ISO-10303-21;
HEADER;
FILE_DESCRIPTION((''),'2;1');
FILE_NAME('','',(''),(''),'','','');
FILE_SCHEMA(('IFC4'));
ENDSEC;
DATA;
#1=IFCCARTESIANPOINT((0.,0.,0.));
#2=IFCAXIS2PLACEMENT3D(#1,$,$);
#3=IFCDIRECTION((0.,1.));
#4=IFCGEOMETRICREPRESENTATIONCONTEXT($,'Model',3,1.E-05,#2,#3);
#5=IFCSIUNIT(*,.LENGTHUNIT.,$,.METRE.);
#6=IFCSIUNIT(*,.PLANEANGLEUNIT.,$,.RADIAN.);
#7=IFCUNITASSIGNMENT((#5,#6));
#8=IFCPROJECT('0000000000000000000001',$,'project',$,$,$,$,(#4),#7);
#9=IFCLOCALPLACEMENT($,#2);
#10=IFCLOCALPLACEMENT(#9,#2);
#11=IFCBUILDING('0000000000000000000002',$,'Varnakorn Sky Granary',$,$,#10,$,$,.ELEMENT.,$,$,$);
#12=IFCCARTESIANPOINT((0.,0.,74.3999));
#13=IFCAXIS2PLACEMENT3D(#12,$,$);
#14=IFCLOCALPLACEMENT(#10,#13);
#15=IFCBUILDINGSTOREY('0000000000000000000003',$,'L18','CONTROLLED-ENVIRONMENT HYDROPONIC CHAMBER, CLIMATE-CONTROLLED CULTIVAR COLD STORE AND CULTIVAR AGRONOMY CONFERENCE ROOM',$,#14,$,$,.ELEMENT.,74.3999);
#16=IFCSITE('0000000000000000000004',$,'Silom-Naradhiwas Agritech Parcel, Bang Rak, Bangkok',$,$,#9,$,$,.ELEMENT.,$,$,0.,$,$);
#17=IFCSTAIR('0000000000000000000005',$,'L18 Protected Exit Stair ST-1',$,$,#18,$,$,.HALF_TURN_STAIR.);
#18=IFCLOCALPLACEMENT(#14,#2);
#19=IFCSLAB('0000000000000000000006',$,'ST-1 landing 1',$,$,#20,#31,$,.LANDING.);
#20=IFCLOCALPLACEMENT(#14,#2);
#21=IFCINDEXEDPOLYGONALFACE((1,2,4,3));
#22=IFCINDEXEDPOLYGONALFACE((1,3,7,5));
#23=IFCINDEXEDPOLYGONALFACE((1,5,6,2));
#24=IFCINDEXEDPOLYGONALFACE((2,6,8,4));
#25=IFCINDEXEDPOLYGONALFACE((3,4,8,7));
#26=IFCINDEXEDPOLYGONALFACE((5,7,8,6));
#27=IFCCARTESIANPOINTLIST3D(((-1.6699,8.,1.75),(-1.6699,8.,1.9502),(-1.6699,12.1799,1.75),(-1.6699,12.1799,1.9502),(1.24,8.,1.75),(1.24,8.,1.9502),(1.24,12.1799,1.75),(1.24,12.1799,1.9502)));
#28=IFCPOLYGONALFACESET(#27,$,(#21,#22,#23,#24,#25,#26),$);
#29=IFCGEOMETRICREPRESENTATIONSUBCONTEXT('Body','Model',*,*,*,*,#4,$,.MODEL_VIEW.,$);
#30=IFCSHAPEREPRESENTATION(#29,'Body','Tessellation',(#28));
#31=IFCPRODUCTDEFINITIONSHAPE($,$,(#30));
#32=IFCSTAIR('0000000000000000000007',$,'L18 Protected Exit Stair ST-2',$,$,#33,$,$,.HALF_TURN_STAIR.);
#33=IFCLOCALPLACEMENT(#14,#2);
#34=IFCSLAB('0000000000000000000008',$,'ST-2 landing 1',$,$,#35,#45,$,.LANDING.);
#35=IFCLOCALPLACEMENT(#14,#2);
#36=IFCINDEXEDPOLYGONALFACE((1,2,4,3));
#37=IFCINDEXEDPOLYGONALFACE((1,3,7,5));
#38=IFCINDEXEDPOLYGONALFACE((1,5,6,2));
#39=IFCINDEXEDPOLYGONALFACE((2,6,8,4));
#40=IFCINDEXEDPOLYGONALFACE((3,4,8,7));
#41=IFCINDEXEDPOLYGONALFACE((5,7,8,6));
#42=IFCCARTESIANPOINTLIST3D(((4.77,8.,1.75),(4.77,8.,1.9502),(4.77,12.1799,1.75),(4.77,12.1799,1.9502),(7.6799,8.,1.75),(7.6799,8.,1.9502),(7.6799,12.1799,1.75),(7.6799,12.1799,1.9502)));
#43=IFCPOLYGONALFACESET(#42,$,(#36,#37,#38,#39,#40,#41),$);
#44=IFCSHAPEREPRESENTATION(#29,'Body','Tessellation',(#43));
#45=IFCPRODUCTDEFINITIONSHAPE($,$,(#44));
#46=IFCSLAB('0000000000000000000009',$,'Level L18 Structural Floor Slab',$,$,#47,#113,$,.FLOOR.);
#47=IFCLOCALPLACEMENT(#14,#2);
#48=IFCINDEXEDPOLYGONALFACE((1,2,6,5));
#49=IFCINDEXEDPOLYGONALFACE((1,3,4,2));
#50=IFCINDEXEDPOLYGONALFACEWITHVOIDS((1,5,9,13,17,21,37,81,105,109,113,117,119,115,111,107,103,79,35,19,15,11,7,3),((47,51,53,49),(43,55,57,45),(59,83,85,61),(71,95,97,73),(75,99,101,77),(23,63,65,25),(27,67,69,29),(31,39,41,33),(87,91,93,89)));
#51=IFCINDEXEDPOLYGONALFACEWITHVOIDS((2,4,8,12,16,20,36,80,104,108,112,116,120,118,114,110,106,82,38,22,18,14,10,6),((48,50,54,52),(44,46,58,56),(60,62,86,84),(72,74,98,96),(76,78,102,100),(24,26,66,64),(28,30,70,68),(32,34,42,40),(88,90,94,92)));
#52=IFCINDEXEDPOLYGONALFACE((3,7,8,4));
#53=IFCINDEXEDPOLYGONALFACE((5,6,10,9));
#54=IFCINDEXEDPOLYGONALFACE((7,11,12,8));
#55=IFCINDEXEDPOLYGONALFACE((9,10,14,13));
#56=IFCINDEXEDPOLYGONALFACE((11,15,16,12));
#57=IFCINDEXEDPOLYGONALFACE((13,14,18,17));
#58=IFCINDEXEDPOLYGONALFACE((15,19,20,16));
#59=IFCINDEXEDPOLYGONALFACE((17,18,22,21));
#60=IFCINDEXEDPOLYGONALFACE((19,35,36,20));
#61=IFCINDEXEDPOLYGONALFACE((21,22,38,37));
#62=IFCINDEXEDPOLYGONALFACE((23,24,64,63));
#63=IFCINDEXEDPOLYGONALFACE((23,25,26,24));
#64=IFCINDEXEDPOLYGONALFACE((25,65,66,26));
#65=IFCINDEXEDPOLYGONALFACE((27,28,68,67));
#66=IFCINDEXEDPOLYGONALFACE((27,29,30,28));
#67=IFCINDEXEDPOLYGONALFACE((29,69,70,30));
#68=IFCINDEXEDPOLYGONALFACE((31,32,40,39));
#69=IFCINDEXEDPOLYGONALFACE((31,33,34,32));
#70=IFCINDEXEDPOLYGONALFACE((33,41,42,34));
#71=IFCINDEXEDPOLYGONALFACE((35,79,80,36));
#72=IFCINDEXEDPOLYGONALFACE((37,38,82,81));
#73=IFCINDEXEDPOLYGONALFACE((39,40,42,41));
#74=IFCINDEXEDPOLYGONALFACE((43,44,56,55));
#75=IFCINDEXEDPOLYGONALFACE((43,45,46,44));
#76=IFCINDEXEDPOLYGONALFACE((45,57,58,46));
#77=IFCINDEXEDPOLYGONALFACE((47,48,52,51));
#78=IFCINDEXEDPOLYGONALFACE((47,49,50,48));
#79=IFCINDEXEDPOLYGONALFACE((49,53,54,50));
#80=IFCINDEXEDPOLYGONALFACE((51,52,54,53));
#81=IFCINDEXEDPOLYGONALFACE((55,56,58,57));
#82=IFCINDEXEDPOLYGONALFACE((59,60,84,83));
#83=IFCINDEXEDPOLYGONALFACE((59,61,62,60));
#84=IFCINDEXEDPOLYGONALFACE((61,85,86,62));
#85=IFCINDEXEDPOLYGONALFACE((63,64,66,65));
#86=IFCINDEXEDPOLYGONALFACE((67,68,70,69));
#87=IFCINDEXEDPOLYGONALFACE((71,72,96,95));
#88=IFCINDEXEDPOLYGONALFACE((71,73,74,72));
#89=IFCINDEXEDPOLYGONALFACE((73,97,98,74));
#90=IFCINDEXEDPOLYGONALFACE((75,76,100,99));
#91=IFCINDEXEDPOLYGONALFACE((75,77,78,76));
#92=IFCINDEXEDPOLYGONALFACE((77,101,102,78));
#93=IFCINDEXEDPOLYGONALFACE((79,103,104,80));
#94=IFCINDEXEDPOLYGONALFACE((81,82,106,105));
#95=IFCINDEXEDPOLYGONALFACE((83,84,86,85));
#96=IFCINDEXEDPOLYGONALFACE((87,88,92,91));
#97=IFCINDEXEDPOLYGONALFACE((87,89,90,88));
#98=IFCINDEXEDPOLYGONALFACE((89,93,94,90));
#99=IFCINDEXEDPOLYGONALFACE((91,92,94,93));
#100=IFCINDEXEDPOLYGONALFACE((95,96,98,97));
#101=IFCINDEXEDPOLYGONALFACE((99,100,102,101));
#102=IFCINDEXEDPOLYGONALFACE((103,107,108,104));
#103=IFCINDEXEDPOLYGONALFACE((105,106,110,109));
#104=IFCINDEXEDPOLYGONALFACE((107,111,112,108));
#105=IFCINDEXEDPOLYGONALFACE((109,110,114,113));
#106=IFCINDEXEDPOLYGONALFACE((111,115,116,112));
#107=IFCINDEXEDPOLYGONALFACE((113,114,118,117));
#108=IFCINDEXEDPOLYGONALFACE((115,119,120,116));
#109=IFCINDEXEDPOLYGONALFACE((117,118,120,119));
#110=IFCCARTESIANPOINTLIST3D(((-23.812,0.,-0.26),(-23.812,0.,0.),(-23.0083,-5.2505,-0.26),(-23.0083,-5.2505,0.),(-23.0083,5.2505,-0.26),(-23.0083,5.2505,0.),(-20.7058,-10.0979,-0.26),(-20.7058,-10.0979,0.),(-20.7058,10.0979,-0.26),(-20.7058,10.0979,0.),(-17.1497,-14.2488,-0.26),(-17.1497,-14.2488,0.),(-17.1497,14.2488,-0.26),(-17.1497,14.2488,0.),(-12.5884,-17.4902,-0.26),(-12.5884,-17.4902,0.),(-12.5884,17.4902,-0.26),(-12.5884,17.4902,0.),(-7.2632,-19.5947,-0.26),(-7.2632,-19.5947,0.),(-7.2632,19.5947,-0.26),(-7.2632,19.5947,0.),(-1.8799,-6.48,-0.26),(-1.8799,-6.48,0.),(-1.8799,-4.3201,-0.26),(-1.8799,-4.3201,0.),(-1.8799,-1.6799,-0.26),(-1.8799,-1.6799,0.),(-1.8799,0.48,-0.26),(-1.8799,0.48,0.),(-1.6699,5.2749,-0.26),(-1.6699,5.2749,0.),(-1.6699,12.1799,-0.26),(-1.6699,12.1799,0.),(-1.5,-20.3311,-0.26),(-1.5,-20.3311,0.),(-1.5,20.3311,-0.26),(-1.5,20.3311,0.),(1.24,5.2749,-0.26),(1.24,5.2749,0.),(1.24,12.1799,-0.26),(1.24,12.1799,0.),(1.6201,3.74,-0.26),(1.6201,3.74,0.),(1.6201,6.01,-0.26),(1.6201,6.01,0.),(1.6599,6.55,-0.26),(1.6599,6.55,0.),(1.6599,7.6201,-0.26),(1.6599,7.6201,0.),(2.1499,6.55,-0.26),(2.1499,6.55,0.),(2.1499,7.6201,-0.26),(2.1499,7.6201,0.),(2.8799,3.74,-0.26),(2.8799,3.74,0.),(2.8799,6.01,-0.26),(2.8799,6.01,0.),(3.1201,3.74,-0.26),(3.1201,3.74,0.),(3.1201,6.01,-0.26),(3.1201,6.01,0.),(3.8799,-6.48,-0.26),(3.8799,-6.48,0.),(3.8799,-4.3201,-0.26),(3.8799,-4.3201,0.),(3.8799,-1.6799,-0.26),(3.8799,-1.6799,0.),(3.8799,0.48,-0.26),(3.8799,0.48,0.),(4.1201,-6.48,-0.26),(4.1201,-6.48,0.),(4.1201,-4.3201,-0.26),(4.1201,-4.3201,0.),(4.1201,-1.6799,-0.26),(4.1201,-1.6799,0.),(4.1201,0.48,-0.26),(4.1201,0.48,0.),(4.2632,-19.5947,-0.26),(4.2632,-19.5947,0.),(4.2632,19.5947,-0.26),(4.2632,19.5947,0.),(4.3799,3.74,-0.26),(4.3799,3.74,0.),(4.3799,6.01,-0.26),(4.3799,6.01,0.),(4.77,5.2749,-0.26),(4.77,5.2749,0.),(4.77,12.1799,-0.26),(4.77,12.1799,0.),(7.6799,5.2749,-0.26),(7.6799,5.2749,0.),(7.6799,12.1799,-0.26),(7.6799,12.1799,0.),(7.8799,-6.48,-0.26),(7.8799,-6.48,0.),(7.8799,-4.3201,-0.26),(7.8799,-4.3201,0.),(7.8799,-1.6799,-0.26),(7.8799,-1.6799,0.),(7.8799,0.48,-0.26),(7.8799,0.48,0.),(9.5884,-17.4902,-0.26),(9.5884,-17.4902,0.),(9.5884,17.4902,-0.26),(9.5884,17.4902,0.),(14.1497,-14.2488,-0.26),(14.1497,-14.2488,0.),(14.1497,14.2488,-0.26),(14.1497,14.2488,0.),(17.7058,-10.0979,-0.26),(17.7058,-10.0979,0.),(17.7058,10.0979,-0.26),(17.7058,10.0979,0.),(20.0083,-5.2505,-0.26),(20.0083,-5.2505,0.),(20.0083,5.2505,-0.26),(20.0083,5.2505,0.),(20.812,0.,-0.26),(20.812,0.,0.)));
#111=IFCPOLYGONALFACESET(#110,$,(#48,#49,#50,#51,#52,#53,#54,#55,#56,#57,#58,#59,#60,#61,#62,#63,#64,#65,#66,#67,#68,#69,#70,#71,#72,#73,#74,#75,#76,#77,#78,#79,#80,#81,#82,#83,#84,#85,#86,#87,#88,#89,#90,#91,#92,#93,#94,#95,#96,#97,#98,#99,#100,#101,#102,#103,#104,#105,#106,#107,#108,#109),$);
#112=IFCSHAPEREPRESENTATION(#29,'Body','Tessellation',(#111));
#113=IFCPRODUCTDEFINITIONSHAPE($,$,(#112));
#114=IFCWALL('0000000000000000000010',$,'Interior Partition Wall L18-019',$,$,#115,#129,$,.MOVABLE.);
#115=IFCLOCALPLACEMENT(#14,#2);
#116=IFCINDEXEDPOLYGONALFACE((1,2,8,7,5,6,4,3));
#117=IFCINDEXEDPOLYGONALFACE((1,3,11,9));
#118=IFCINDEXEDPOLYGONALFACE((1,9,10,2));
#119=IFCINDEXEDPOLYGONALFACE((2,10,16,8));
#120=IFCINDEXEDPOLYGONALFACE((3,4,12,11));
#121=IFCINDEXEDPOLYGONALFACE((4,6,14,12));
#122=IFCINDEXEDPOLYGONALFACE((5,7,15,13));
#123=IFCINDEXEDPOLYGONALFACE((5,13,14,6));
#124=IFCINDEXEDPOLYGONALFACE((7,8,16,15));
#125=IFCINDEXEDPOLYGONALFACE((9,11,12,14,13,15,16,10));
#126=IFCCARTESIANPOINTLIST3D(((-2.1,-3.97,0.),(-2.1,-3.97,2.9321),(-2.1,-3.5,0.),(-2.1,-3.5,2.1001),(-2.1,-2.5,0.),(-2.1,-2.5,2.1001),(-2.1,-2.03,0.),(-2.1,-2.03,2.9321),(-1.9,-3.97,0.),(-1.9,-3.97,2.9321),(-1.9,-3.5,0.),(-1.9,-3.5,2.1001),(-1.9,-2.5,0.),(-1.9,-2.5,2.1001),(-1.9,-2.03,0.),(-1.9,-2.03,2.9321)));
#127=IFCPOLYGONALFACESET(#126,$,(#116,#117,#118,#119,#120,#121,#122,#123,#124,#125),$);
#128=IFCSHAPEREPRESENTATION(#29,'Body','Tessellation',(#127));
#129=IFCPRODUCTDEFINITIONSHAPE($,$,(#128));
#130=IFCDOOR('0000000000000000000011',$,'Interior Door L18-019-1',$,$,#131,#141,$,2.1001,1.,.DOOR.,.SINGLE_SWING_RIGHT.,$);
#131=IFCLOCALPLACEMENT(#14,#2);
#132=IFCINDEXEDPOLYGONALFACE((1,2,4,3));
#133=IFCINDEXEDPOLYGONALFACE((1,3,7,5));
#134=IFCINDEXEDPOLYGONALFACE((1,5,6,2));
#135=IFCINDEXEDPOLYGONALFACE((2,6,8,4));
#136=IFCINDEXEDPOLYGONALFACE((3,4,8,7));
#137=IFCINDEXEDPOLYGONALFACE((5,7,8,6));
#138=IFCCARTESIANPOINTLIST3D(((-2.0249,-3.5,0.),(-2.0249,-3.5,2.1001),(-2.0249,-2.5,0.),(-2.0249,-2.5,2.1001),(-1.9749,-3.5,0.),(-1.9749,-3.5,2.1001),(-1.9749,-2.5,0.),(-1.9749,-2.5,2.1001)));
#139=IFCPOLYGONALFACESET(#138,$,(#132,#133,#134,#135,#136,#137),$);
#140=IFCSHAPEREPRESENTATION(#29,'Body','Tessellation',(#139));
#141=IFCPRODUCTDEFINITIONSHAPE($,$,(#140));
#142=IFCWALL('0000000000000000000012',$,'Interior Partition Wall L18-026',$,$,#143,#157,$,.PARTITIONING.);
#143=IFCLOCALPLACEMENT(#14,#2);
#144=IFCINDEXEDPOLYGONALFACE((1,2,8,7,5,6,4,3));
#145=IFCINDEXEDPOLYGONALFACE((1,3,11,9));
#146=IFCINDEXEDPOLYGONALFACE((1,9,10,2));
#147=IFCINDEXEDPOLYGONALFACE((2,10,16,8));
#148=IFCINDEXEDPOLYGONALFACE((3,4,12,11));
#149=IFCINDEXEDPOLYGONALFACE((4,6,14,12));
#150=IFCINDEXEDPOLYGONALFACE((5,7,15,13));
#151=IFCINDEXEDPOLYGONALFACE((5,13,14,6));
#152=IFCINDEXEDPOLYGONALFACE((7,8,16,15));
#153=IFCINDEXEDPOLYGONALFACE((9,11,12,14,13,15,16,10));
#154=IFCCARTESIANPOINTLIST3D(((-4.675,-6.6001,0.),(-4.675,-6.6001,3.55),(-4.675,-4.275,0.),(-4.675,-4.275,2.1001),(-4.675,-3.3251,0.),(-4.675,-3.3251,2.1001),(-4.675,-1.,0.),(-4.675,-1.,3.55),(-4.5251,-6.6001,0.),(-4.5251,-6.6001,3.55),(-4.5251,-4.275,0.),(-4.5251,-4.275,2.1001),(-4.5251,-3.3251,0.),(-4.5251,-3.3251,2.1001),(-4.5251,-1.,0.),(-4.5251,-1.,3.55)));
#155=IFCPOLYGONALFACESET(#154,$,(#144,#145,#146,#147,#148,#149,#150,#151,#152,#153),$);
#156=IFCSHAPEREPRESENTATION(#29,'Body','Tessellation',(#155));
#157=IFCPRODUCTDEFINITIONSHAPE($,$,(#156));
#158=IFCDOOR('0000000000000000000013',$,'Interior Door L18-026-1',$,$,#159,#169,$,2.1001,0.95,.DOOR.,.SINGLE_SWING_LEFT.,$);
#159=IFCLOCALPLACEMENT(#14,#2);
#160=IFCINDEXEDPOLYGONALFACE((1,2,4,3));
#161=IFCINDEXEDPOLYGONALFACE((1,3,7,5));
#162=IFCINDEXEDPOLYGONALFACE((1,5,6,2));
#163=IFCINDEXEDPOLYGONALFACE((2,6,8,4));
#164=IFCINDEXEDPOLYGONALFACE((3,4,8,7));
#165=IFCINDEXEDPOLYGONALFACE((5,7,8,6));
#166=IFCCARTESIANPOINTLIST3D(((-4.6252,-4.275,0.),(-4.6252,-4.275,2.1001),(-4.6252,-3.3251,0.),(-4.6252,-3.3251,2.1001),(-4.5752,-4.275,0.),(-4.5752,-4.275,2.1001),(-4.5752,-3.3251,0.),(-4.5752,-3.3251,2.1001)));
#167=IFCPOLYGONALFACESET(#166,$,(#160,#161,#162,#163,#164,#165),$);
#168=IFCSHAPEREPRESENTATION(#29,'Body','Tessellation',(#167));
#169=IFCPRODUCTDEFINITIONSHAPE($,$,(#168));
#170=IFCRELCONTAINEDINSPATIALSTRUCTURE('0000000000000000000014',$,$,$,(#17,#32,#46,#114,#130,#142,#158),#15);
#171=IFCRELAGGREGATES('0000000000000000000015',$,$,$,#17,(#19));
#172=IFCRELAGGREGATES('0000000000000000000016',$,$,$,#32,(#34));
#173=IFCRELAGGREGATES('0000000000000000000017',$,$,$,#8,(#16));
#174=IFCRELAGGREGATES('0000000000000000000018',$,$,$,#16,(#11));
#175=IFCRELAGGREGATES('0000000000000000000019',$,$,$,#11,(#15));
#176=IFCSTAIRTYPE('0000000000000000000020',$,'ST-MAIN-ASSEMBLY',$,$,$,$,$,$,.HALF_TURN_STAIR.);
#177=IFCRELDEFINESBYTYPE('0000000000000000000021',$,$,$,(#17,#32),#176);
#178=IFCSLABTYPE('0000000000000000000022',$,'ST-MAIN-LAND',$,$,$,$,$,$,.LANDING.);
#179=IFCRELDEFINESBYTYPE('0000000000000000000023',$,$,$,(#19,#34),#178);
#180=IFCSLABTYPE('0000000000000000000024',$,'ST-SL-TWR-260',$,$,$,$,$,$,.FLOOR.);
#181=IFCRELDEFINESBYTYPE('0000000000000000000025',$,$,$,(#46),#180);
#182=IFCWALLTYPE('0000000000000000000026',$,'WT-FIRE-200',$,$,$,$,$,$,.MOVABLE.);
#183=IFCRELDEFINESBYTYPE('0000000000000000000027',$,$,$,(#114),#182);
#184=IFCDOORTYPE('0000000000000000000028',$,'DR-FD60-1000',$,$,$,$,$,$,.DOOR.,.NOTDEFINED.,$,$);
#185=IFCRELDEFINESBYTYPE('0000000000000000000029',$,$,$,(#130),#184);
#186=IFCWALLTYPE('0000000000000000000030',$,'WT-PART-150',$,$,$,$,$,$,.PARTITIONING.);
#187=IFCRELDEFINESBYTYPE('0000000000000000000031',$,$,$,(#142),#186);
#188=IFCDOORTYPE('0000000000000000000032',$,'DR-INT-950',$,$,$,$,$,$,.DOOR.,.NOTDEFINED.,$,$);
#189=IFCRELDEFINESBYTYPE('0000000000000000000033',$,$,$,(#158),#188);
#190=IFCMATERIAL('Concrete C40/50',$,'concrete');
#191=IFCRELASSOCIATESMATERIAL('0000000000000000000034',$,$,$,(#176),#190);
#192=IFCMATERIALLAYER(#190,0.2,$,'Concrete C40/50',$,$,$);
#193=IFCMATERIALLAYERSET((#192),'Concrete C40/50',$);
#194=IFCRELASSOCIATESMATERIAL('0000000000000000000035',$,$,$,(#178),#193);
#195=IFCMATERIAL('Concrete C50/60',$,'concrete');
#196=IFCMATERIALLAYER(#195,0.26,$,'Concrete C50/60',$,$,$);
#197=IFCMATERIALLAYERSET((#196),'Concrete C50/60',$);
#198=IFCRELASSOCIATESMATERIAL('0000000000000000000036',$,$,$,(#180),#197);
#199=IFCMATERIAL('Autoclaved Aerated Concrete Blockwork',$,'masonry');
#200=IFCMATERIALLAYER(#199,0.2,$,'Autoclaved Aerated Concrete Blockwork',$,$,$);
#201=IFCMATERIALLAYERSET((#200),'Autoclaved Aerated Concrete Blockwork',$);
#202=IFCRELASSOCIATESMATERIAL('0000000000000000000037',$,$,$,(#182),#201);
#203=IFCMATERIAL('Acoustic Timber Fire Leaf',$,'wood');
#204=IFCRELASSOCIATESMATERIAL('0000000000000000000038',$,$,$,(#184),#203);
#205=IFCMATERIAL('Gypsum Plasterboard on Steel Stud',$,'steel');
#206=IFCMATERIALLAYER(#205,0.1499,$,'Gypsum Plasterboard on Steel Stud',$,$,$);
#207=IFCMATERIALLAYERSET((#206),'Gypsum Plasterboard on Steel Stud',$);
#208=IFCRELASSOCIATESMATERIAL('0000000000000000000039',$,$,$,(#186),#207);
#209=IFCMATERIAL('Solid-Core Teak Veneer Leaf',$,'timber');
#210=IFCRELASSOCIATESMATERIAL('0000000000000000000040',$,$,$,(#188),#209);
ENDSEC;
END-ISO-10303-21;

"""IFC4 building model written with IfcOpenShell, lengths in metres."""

from ifc_helpers import new_model, si_unit, direction, frame, frame_2d, origin, place, context, subcontext, project, spatial, polyline, rectangle, outline, extrude, material, layer, layer_set, type_object, element, fill, aggregate, save


model = new_model("IFC4")

# Units and contexts
model_context = context("Model", 3, precision=1e-05, world=origin(), true_north=direction((0.0, 1.0)))
body_context = subcontext(model_context, "Body", "Model", "MODEL_VIEW")
ifc_project = project(units=[si_unit("LENGTHUNIT", "METRE"), si_unit("PLANEANGLEUNIT", "RADIAN")], contexts=[model_context])

# Site, building, storey
site_placement = place(None, origin())
site = spatial("IfcSite", under=ifc_project, at=site_placement, Name="Silom-Naradhiwas Agritech Parcel, Bang Rak, Bangkok", CompositionType="ELEMENT", RefElevation=0.0)
building_placement = place(site_placement, origin())
building = spatial("IfcBuilding", under=site, at=building_placement, Name="Varnakorn Sky Granary", CompositionType="ELEMENT")
storey_placement = place(building_placement, frame((0.0, 0.0, 74.3999)))
storey = spatial("IfcBuildingStorey", under=building, at=storey_placement, Name="L18", Description="CONTROLLED-ENVIRONMENT HYDROPONIC CHAMBER, CLIMATE-CONTROLLED CULTIVAR COLD STORE AND CULTIVAR AGRONOMY CONFERENCE ROOM", CompositionType="ELEMENT", Elevation=74.3999)

# Stairs, slabs
ifc_material_1 = material(Name="Concrete C40/50", Category="concrete")
stair_type = type_object("IfcStairType", Name="ST-MAIN-ASSEMBLY", PredefinedType="HALF_TURN_STAIR", material=ifc_material_1)
stair_1_placement = place(storey_placement, origin())
stair_1 = element("IfcStair", 1, at=stair_1_placement, inside=storey, type_object=stair_type, Name="L18 Protected Exit Stair ST-1", PredefinedType="HALF_TURN_STAIR")
ifc_layer_1 = layer(ifc_material_1, 0.2, Name="Concrete C40/50")
ifc_layer_set_1 = layer_set([ifc_layer_1], Name="Concrete C40/50")
slab_type_1 = type_object("IfcSlabType", Name="ST-MAIN-LAND", PredefinedType="LANDING", material=ifc_layer_set_1)
slab_1_placement = place(storey_placement, frame((0.0, 0.0, 1.75)))
slab_1 = element("IfcSlab", 2, at=slab_1_placement, type_object=slab_type_1, Name="ST-1 landing 1", PredefinedType="LANDING", context=body_context, shape_type="SweptSolid", body=[
    extrude(outline(polyline([(1.24, 8.0), (1.24, 12.1799), (-1.6699, 12.1799), (-1.6699, 8.0), (1.24, 8.0)])), origin(), (0.0, 0.0, 1.0), 0.2002),
])
aggregate(stair_1, [slab_1])
stair_2_placement = place(storey_placement, origin())
stair_2 = element("IfcStair", 3, at=stair_2_placement, inside=storey, type_object=stair_type, Name="L18 Protected Exit Stair ST-2", PredefinedType="HALF_TURN_STAIR")
slab_2_placement = place(storey_placement, frame((0.0, 0.0, 1.75)))
slab_2 = element("IfcSlab", 4, at=slab_2_placement, type_object=slab_type_1, Name="ST-2 landing 1", PredefinedType="LANDING", context=body_context, shape_type="SweptSolid", body=[
    extrude(outline(polyline([(7.6799, 8.0), (7.6799, 12.1799), (4.77, 12.1799), (4.77, 8.0), (7.6799, 8.0)])), origin(), (0.0, 0.0, 1.0), 0.2002),
])
aggregate(stair_2, [slab_2])

# Slab
ifc_material_2 = material(Name="Concrete C50/60", Category="concrete")
ifc_layer_2 = layer(ifc_material_2, 0.26, Name="Concrete C50/60")
ifc_layer_set_2 = layer_set([ifc_layer_2], Name="Concrete C50/60")
slab_type_2 = type_object("IfcSlabType", Name="ST-SL-TWR-260", PredefinedType="FLOOR", material=ifc_layer_set_2)
slab_3_placement = place(storey_placement, frame((0.0, 0.0, -0.26)))
element("IfcSlab", 5, at=slab_3_placement, inside=storey, type_object=slab_type_2, Name="Level L18 Structural Floor Slab", PredefinedType="FLOOR", context=body_context, shape_type="SweptSolid", body=[
    extrude(outline(polyline([(20.812, 0.0), (20.0083, 5.2505), (17.7058, 10.0979), (14.1497, 14.2488), (9.5884, 17.4902), (4.2632, 19.5947), (-1.5, 20.3311), (-7.2632, 19.5947), (-12.5884, 17.4902), (-17.1497, 14.2488), (-20.7058, 10.0979), (-23.0083, 5.2505), (-23.812, 0.0), (-23.0083, -5.2505), (-20.7058, -10.0979), (-17.1497, -14.2488), (-12.5884, -17.4902), (-7.2632, -19.5947), (-1.5, -20.3311), (4.2632, -19.5947), (9.5884, -17.4902), (14.1497, -14.2488), (17.7058, -10.0979), (20.0083, -5.2505), (20.812, 0.0)]), holes=[polyline([(1.24, 5.2749), (1.24, 12.1799), (-1.6699, 12.1799), (-1.6699, 5.2749), (1.24, 5.2749)]), polyline([(7.6799, 5.2749), (7.6799, 12.1799), (4.77, 12.1799), (4.77, 5.2749), (7.6799, 5.2749)]), polyline([(1.6599, 6.55), (2.1499, 6.55), (2.1499, 7.6201), (1.6599, 7.6201), (1.6599, 6.55)]), polyline([(1.6201, 3.74), (2.8799, 3.74), (2.8799, 6.01), (1.6201, 6.01), (1.6201, 3.74)]), polyline([(3.1201, 3.74), (4.3799, 3.74), (4.3799, 6.01), (3.1201, 6.01), (3.1201, 3.74)]), polyline([(-1.8799, -1.6799), (3.8799, -1.6799), (3.8799, 0.48), (-1.8799, 0.48), (-1.8799, -1.6799)]), polyline([(4.1201, -1.6799), (7.8799, -1.6799), (7.8799, 0.48), (4.1201, 0.48), (4.1201, -1.6799)]), polyline([(-1.8799, -6.48), (3.8799, -6.48), (3.8799, -4.3201), (-1.8799, -4.3201), (-1.8799, -6.48)]), polyline([(4.1201, -6.48), (7.8799, -6.48), (7.8799, -4.3201), (4.1201, -4.3201), (4.1201, -6.48)])]), origin(), (0.0, 0.0, 1.0), 0.26),
])

# Walls, openings, doors
ifc_material_3 = material(Name="Autoclaved Aerated Concrete Blockwork", Category="masonry")
ifc_layer_3 = layer(ifc_material_3, 0.2, Name="Autoclaved Aerated Concrete Blockwork")
ifc_layer_set_3 = layer_set([ifc_layer_3], Name="Autoclaved Aerated Concrete Blockwork")
wall_type_1 = type_object("IfcWallType", Name="WT-FIRE-200", PredefinedType="MOVABLE", material=ifc_layer_set_3)
wall_1_placement = place(storey_placement, frame((-2.0, -3.97, 0.0), z_axis=(0.0, 0.0, 1.0), x_axis=(0.0, 1.0, 0.0)))
wall_1 = element("IfcWall", 6, at=wall_1_placement, inside=storey, type_object=wall_type_1, Name="Interior Partition Wall L18-019", PredefinedType="MOVABLE", context=body_context, shape_type="SweptSolid", body=[
    extrude(rectangle(XDim=1.9399, YDim=0.2, at=frame_2d((0.97, 0.0))), origin(), (0.0, 0.0, 1.0), 2.9321),
])
opening_1_placement = place(wall_1_placement, frame((0.47, 0.0, 0.0)))
opening_1 = element("IfcOpeningElement", 7, at=opening_1_placement, cuts=wall_1, PredefinedType="OPENING", context=body_context, shape_type="SweptSolid", body=[
    extrude(rectangle(XDim=1.0, YDim=2.1001, at=frame_2d((0.5, 1.05))), frame((0.0, 0.1099, 0.0), z_axis=(0.0, -1.0, 0.0), x_axis=(1.0, 0.0, 0.0)), (0.0, 0.0, 1.0), 0.22),
])
ifc_material_4 = material(Name="Acoustic Timber Fire Leaf", Category="wood")
door_type_1 = type_object("IfcDoorType", Name="DR-FD60-1000", OperationType="NOTDEFINED", PredefinedType="DOOR", material=ifc_material_4)
door_1_placement = place(opening_1_placement, origin())
door_1 = element("IfcDoor", 8, at=door_1_placement, inside=storey, type_object=door_type_1, Name="Interior Door L18-019-1", OperationType="SINGLE_SWING_RIGHT", OverallHeight=2.1001, OverallWidth=1.0, PredefinedType="DOOR", context=body_context, shape_type="SweptSolid", body=[
    extrude(rectangle(XDim=1.0, YDim=2.1001, at=frame_2d((0.5, 1.05))), frame((0.0, 0.0249, 0.0), z_axis=(0.0, -1.0, 0.0), x_axis=(1.0, 0.0, 0.0)), (0.0, 0.0, 1.0), 0.05),
])
fill(opening_1, door_1)
ifc_material_5 = material(Name="Gypsum Plasterboard on Steel Stud", Category="steel")
ifc_layer_4 = layer(ifc_material_5, 0.1499, Name="Gypsum Plasterboard on Steel Stud")
ifc_layer_set_4 = layer_set([ifc_layer_4], Name="Gypsum Plasterboard on Steel Stud")
wall_type_2 = type_object("IfcWallType", Name="WT-PART-150", PredefinedType="PARTITIONING", material=ifc_layer_set_4)
wall_2_placement = place(storey_placement, frame((-4.6001, -1.0, 0.0), z_axis=(0.0, 0.0, 1.0), x_axis=(0.0, -1.0, 0.0)))
wall_2 = element("IfcWall", 9, at=wall_2_placement, inside=storey, type_object=wall_type_2, Name="Interior Partition Wall L18-026", PredefinedType="PARTITIONING", context=body_context, shape_type="SweptSolid", body=[
    extrude(rectangle(XDim=5.6001, YDim=0.1499, at=frame_2d((2.8, 0.0))), origin(), (0.0, 0.0, 1.0), 3.55),
])
opening_2_placement = place(wall_2_placement, frame((2.325, 0.0, 0.0)))
opening_2 = element("IfcOpeningElement", 10, at=opening_2_placement, cuts=wall_2, PredefinedType="OPENING", context=body_context, shape_type="SweptSolid", body=[
    extrude(rectangle(XDim=0.95, YDim=2.1001, at=frame_2d((0.4751, 1.05))), frame((0.0, 0.085, 0.0), z_axis=(0.0, -1.0, 0.0), x_axis=(1.0, 0.0, 0.0)), (0.0, 0.0, 1.0), 0.1699),
])
ifc_material_6 = material(Name="Solid-Core Teak Veneer Leaf", Category="timber")
door_type_2 = type_object("IfcDoorType", Name="DR-INT-950", OperationType="NOTDEFINED", PredefinedType="DOOR", material=ifc_material_6)
door_2_placement = place(opening_2_placement, origin())
door_2 = element("IfcDoor", 11, at=door_2_placement, inside=storey, type_object=door_type_2, Name="Interior Door L18-026-1", OperationType="SINGLE_SWING_LEFT", OverallHeight=2.1001, OverallWidth=0.95, PredefinedType="DOOR", context=body_context, shape_type="SweptSolid", body=[
    extrude(rectangle(XDim=0.95, YDim=2.1001, at=frame_2d((0.4751, 1.05))), frame((0.0, 0.0249, 0.0), z_axis=(0.0, -1.0, 0.0), x_axis=(1.0, 0.0, 0.0)), (0.0, 0.0, 1.0), 0.05),
])
fill(opening_2, door_2)

save(model, "model.ifc")
